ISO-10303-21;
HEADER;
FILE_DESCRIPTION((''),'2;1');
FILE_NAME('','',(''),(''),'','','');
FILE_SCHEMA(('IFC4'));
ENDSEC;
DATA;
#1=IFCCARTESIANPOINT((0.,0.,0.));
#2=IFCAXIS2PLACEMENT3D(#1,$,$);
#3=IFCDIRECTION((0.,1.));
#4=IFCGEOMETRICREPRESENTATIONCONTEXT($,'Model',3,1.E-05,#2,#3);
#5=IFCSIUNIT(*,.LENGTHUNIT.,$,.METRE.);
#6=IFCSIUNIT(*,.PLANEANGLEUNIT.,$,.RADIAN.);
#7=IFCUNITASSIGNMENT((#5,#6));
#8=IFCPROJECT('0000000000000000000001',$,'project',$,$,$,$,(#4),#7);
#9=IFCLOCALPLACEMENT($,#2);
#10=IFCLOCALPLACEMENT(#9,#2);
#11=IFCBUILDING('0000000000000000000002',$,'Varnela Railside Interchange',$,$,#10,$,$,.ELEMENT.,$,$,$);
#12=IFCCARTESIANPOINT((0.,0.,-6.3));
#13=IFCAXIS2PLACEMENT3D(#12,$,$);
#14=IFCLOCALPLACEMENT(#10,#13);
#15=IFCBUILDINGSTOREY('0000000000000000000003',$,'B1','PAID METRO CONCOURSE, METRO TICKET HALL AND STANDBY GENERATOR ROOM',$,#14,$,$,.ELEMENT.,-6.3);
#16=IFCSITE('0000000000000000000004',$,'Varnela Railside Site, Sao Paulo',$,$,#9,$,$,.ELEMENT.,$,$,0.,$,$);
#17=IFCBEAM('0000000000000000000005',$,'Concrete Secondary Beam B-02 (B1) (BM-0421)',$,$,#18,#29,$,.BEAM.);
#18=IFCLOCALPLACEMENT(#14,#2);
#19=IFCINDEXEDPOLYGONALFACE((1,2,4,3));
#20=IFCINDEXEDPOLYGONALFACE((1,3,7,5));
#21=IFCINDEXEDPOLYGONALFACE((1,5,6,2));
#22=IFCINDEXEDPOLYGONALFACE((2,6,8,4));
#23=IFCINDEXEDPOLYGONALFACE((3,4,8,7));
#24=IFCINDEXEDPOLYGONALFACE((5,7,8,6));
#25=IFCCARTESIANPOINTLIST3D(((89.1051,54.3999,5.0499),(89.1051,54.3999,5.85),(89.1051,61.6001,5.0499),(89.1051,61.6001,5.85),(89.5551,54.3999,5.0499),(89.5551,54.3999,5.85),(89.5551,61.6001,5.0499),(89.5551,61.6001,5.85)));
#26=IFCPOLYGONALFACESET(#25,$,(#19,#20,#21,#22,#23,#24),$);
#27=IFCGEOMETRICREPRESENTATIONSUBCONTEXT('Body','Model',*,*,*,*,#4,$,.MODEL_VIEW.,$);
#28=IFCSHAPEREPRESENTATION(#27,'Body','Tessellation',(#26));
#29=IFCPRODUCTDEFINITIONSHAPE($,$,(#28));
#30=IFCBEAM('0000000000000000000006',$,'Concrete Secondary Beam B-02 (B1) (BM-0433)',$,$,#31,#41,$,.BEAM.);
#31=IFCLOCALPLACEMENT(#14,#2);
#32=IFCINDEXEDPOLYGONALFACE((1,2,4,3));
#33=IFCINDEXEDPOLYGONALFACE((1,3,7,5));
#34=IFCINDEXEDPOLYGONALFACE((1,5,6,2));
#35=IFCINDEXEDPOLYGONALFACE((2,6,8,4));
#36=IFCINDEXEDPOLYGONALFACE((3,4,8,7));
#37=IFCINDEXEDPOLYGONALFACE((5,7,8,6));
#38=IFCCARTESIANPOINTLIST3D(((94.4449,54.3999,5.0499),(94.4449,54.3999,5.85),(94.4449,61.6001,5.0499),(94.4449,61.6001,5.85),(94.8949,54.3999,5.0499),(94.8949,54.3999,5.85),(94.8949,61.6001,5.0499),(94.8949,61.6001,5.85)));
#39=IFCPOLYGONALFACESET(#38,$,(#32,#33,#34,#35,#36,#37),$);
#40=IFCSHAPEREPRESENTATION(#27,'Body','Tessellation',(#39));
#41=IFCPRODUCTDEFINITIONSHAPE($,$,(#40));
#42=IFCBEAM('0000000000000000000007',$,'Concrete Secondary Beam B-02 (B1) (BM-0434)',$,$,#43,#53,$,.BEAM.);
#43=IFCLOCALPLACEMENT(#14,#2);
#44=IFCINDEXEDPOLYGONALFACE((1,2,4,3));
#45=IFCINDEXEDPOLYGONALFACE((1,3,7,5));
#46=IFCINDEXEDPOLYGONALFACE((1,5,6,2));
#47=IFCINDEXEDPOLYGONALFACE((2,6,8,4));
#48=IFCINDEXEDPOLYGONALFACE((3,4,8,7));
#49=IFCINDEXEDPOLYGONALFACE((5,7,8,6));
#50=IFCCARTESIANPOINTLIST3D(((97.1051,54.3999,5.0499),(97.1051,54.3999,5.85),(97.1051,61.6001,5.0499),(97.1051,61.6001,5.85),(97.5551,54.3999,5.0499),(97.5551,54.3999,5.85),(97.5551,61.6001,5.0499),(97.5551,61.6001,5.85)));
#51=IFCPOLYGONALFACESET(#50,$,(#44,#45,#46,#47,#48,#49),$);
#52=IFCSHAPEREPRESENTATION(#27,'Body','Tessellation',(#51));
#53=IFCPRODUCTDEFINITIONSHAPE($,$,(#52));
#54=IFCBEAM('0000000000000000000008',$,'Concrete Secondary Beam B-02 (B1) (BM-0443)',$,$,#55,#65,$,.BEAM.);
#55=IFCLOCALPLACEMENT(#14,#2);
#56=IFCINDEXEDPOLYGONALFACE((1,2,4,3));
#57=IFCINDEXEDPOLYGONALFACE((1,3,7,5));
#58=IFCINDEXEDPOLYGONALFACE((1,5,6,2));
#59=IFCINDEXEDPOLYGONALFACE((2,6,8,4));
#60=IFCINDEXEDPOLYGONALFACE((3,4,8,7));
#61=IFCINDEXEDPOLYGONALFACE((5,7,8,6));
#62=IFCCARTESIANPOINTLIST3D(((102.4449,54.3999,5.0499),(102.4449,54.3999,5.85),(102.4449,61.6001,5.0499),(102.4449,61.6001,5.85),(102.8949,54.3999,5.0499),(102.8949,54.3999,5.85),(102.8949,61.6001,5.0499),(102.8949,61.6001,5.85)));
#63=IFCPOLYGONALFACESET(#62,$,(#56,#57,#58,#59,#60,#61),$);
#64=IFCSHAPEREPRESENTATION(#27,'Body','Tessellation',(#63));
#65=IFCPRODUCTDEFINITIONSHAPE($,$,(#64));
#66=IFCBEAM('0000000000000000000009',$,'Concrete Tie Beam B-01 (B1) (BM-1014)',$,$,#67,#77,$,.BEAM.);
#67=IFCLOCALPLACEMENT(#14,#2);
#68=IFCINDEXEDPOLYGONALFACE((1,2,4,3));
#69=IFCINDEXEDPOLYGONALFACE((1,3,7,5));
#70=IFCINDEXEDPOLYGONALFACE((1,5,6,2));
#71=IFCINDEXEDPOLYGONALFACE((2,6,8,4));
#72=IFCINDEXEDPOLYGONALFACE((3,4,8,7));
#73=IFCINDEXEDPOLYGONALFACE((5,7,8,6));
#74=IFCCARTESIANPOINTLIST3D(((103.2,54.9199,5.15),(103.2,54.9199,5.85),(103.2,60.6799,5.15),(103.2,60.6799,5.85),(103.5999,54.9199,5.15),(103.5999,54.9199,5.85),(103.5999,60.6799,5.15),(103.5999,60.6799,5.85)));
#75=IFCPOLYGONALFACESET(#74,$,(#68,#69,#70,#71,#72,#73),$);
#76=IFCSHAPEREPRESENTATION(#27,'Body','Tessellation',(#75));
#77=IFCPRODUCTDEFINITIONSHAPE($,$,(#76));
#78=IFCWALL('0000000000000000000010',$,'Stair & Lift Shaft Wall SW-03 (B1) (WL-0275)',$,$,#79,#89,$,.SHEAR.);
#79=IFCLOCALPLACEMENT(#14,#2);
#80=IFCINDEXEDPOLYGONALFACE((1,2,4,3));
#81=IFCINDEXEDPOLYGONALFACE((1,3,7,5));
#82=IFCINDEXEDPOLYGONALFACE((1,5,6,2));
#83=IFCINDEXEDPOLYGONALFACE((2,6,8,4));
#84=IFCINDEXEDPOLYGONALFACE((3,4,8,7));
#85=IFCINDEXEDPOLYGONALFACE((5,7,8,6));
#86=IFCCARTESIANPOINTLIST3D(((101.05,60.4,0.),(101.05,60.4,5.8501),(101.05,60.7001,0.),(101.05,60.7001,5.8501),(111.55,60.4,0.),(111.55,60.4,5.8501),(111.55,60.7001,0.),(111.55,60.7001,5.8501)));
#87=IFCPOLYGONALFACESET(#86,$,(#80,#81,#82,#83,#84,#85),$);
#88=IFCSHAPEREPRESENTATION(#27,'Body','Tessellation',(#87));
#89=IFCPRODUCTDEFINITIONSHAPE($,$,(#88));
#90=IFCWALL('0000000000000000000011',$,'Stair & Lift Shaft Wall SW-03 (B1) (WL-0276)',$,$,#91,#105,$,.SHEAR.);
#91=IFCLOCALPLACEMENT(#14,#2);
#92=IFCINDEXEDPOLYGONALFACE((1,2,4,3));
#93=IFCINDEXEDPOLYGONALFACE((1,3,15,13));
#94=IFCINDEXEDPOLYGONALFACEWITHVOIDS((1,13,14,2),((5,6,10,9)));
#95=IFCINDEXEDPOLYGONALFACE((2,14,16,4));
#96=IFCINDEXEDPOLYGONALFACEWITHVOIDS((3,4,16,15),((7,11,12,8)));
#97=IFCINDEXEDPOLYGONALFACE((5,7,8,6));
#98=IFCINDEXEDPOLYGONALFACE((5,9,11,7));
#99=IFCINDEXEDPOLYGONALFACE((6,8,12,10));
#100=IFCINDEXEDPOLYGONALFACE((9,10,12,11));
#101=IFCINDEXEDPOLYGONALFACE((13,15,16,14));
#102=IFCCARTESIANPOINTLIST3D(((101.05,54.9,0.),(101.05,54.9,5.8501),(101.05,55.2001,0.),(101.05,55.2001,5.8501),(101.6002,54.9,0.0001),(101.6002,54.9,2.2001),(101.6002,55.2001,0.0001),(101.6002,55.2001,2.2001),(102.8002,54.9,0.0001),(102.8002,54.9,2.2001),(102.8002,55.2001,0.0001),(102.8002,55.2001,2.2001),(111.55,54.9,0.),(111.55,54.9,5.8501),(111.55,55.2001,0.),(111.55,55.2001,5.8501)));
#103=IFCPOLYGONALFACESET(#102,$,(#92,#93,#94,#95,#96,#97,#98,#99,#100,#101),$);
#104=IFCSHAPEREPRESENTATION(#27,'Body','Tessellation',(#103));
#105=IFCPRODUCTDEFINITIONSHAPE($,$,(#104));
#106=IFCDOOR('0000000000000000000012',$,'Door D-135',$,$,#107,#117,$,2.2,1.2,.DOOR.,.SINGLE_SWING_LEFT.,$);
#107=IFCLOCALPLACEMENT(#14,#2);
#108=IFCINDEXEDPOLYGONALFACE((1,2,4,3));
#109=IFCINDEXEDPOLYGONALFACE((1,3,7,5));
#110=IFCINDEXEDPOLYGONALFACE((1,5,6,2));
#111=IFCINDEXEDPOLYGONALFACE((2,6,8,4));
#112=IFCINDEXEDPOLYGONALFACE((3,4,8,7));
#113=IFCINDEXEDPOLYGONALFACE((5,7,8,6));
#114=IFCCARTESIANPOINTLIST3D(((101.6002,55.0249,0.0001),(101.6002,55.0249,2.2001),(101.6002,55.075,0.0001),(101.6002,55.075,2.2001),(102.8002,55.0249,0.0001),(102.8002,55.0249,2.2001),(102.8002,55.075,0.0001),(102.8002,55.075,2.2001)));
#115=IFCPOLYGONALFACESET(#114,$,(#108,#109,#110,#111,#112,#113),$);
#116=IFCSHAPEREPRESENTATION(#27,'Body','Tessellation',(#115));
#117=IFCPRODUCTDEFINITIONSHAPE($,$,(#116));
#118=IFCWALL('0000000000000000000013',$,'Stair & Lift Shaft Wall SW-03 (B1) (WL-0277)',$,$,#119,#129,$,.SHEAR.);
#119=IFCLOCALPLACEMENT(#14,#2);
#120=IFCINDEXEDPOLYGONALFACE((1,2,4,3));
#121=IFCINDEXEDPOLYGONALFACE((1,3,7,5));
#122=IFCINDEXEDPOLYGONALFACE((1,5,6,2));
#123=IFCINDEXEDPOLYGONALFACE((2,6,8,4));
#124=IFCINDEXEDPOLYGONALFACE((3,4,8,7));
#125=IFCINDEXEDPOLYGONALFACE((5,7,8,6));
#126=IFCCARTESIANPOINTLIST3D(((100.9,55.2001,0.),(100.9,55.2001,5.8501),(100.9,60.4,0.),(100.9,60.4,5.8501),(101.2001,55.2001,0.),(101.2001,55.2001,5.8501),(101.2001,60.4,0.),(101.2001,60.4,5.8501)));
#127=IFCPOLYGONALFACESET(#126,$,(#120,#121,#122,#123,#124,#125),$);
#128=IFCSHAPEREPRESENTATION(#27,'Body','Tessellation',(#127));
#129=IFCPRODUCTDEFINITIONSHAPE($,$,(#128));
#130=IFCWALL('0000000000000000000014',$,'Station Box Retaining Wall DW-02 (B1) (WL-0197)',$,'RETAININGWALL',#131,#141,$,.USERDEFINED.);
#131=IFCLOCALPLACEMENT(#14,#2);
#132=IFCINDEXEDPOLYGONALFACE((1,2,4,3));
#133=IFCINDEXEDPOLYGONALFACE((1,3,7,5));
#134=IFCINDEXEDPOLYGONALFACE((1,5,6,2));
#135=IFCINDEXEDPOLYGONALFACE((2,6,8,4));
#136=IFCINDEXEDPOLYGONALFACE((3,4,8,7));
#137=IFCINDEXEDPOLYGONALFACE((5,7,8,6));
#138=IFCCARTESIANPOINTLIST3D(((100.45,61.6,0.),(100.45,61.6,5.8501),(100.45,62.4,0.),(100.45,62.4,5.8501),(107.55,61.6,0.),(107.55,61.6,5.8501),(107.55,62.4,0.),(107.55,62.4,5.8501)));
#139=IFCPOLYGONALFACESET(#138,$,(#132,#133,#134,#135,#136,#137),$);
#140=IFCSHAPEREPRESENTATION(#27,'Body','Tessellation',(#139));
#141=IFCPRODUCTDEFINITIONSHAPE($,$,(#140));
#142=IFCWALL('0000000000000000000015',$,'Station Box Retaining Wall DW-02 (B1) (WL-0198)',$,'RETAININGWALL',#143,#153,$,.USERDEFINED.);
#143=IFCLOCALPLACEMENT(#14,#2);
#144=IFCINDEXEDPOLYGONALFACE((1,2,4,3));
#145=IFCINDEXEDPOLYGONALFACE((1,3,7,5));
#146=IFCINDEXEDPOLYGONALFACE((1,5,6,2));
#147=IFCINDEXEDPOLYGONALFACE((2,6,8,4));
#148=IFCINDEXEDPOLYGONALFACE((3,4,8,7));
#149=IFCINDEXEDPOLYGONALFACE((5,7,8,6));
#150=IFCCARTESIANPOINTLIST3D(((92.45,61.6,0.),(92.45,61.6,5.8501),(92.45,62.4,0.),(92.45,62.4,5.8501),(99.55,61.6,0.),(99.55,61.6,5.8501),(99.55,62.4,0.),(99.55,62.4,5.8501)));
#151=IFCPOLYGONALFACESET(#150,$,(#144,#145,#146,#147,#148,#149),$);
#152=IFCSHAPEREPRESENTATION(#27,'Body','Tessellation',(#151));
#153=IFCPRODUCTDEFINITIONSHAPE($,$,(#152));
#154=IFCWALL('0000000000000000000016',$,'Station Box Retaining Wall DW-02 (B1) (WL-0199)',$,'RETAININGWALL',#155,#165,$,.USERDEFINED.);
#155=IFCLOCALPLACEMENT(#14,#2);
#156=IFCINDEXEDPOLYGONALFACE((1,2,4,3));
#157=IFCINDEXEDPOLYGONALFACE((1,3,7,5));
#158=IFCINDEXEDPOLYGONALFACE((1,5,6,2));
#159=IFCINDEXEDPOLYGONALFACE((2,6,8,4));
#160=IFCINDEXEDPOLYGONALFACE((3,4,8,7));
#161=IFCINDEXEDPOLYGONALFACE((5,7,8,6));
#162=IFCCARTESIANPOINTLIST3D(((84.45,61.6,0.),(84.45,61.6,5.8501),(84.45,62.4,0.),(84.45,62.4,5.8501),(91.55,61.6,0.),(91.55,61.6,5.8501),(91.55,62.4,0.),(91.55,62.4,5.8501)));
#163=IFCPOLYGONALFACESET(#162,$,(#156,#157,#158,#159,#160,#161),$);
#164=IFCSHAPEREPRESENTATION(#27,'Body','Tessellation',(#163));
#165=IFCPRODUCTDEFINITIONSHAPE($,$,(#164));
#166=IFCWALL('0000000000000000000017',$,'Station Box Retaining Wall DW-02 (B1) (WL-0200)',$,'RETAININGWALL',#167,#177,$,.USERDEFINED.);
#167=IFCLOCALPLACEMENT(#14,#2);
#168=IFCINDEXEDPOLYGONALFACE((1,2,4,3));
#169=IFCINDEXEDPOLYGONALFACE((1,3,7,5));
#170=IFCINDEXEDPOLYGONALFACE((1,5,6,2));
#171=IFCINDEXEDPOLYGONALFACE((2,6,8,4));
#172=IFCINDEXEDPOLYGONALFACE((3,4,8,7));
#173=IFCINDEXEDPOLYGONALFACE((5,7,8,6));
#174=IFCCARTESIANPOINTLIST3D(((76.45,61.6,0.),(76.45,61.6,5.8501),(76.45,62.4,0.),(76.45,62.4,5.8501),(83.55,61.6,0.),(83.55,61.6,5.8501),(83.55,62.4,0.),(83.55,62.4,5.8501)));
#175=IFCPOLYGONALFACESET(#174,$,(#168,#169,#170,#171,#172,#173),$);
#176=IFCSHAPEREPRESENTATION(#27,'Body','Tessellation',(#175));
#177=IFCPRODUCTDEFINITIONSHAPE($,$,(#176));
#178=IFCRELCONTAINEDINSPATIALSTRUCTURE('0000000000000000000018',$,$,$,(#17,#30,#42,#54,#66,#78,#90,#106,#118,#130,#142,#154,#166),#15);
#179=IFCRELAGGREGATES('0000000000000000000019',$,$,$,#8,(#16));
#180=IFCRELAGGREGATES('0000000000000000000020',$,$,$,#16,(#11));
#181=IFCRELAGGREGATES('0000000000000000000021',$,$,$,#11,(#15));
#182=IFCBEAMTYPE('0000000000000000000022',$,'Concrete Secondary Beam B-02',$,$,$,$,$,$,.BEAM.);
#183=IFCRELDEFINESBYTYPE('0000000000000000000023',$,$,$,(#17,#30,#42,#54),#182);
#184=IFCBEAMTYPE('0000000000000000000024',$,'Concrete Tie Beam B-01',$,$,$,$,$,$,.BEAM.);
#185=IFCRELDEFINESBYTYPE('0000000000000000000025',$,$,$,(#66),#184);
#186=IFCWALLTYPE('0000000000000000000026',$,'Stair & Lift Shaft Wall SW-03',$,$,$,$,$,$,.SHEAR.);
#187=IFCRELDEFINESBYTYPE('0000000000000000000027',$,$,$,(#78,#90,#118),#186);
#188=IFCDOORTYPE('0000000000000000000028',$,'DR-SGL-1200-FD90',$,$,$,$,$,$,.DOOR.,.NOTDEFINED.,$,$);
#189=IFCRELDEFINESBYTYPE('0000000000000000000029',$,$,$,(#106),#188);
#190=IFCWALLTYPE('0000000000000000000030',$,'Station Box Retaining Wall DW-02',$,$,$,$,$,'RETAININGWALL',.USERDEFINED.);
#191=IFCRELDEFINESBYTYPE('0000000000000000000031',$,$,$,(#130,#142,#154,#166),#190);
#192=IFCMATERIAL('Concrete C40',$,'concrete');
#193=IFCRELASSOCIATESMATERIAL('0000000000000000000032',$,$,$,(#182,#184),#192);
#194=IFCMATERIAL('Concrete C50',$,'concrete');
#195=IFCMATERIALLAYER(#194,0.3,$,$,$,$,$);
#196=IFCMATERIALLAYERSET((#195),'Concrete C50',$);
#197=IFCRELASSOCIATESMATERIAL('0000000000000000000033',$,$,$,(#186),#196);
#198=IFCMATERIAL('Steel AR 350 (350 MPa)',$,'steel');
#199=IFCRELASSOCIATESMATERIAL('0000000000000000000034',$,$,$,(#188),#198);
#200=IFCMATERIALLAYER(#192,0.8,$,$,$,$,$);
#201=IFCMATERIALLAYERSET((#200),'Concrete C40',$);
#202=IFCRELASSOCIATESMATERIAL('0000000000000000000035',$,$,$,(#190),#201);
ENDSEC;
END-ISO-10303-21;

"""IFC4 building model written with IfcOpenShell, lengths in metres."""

from ifc_helpers import new_model, si_unit, direction, frame, frame_2d, origin, origin_2d, place, context, subcontext, project, spatial, rectangle, extrude, material, layer, layer_set, material_profile, profile_set, type_object, element, fill, save


model = new_model("IFC4")

# Units and contexts
model_context = context("Model", 3, precision=1e-05, world=origin(), true_north=direction((0.0, 1.0)))
body_context = subcontext(model_context, "Body", "Model", "MODEL_VIEW")
ifc_project = project(units=[si_unit("LENGTHUNIT", "METRE"), si_unit("PLANEANGLEUNIT", "RADIAN")], contexts=[model_context])

# Site, building, storey
site_placement = place(None, origin())
site = spatial("IfcSite", under=ifc_project, at=site_placement, Name="Varnela Railside Site, Sao Paulo", CompositionType="ELEMENT", RefElevation=0.0)
building_placement = place(site_placement, origin())
building = spatial("IfcBuilding", under=site, at=building_placement, Name="Varnela Railside Interchange", CompositionType="ELEMENT")
storey_placement = place(building_placement, frame((0.0, 0.0, -6.3)))
storey = spatial("IfcBuildingStorey", under=building, at=storey_placement, Name="B1", Description="PAID METRO CONCOURSE, METRO TICKET HALL AND STANDBY GENERATOR ROOM", CompositionType="ELEMENT", Elevation=-6.3)

# Shared definitions
ifc_material_1 = material(Name="Concrete C50", Category="concrete")

# Beams
ifc_material_2 = material(Name="Concrete C40", Category="concrete")
ifc_material_profile_1 = material_profile(ifc_material_2, rectangle(XDim=0.45, YDim=0.8, at=origin_2d()), Name="RC 450x800")
ifc_profile_set_1 = profile_set([ifc_material_profile_1], Name="Concrete C40")
beam_type_1 = type_object("IfcBeamType", Name="Concrete Secondary Beam B-02", PredefinedType="BEAM", material=ifc_profile_set_1)
for number, where, z_axis, x_axis, name in (
    (1, (89.3301, 54.3999, 5.45), (0.0, 1.0, 0.0), (-1.0, 0.0, 0.0), "Concrete Secondary Beam B-02 (B1) (BM-0421)"),
    (2, (94.6699, 54.3999, 5.45), (0.0, 1.0, 0.0), (-1.0, 0.0, 0.0), "Concrete Secondary Beam B-02 (B1) (BM-0433)"),
    (3, (97.3301, 54.3999, 5.45), (0.0, 1.0, 0.0), (-1.0, 0.0, 0.0), "Concrete Secondary Beam B-02 (B1) (BM-0434)"),
    (4, (102.6699, 54.3999, 5.45), (0.0, 1.0, 0.0), (-1.0, 0.0, 0.0), "Concrete Secondary Beam B-02 (B1) (BM-0443)"),
):
    element("IfcBeam", number, at=place(storey_placement, frame(where, z_axis=z_axis, x_axis=x_axis)), inside=storey, type_object=beam_type_1, Name=name, PredefinedType="BEAM", context=body_context, shape_type="SweptSolid", body=[
        extrude(rectangle(XDim=0.45, YDim=0.8, at=origin_2d()), origin(), (0.0, 0.0, 1.0), 7.2002),
    ])
ifc_material_profile_2 = material_profile(ifc_material_2, rectangle(XDim=0.3999, YDim=0.7, at=origin_2d()), Name="RC 400x700")
ifc_profile_set_2 = profile_set([ifc_material_profile_2], Name="Concrete C40")
beam_type_2 = type_object("IfcBeamType", Name="Concrete Tie Beam B-01", PredefinedType="BEAM", material=ifc_profile_set_2)
beam_placement = place(storey_placement, frame((103.3999, 54.9199, 5.5), z_axis=(0.0, 1.0, 0.0), x_axis=(-1.0, 0.0, 0.0)))
element("IfcBeam", 5, at=beam_placement, inside=storey, type_object=beam_type_2, Name="Concrete Tie Beam B-01 (B1) (BM-1014)", PredefinedType="BEAM", context=body_context, shape_type="SweptSolid", body=[
    extrude(rectangle(XDim=0.3999, YDim=0.7, at=origin_2d()), origin(), (0.0, 0.0, 1.0), 5.76),
])

# Wall
ifc_layer_1 = layer(ifc_material_1, 0.3)
ifc_layer_set_1 = layer_set([ifc_layer_1], Name="Concrete C50")
wall_type_1 = type_object("IfcWallType", Name="Stair & Lift Shaft Wall SW-03", PredefinedType="SHEAR", material=ifc_layer_set_1)
wall_1_placement = place(storey_placement, frame((101.05, 60.55, 0.0), z_axis=(0.0, 0.0, 1.0), x_axis=(1.0, 0.0, 0.0)))
element("IfcWall", 6, at=wall_1_placement, inside=storey, type_object=wall_type_1, Name="Stair & Lift Shaft Wall SW-03 (B1) (WL-0275)", PredefinedType="SHEAR", context=body_context, shape_type="SweptSolid", body=[
    extrude(rectangle(XDim=10.5, YDim=0.3, at=frame_2d((5.25, 0.0))), origin(), (0.0, 0.0, 1.0), 5.8501),
])

# Wall, opening, door
wall_2_placement = place(storey_placement, frame((101.05, 55.05, 0.0), z_axis=(0.0, 0.0, 1.0), x_axis=(1.0, 0.0, 0.0)))
wall_2 = element("IfcWall", 7, at=wall_2_placement, inside=storey, type_object=wall_type_1, Name="Stair & Lift Shaft Wall SW-03 (B1) (WL-0276)", PredefinedType="SHEAR", context=body_context, shape_type="SweptSolid", body=[
    extrude(rectangle(XDim=10.5, YDim=0.3, at=frame_2d((5.25, 0.0))), origin(), (0.0, 0.0, 1.0), 5.8501),
])
opening_placement = place(wall_2_placement, frame((0.55, 0.0, 0.0)))
opening = element("IfcOpeningElement", 8, at=opening_placement, cuts=wall_2, PredefinedType="OPENING", context=body_context, shape_type="SweptSolid", body=[
    extrude(rectangle(XDim=1.2, YDim=2.2, at=frame_2d((0.6001, 1.1001))), frame((0.0, 0.1599, 0.0), z_axis=(0.0, -1.0, 0.0), x_axis=(1.0, 0.0, 0.0)), (0.0, 0.0, 1.0), 0.3201),
])
ifc_material_3 = material(Name="Steel AR 350 (350 MPa)", Category="steel")
door_type = type_object("IfcDoorType", Name="DR-SGL-1200-FD90", OperationType="NOTDEFINED", PredefinedType="DOOR", material=ifc_material_3)
door_placement = place(opening_placement, origin())
door = element("IfcDoor", 9, at=door_placement, inside=storey, type_object=door_type, Name="Door D-135", OperationType="SINGLE_SWING_LEFT", OverallHeight=2.2, OverallWidth=1.2, PredefinedType="DOOR", context=body_context, shape_type="SweptSolid", body=[
    extrude(rectangle(XDim=1.2, YDim=2.2, at=frame_2d((0.6001, 1.1001))), frame((0.0, 0.0249, 0.0), z_axis=(0.0, -1.0, 0.0), x_axis=(1.0, 0.0, 0.0)), (0.0, 0.0, 1.0), 0.05),
])
fill(opening, door)

# Walls
wall_3_placement = place(storey_placement, frame((101.05, 55.2, 0.0), z_axis=(0.0, 0.0, 1.0), x_axis=(0.0, 1.0, 0.0)))
element("IfcWall", 10, at=wall_3_placement, inside=storey, type_object=wall_type_1, Name="Stair & Lift Shaft Wall SW-03 (B1) (WL-0277)", PredefinedType="SHEAR", context=body_context, shape_type="SweptSolid", body=[
    extrude(rectangle(XDim=5.2, YDim=0.3, at=frame_2d((2.6001, 0.0))), origin(), (0.0, 0.0, 1.0), 5.8501),
])
ifc_layer_2 = layer(ifc_material_2, 0.8)
ifc_layer_set_2 = layer_set([ifc_layer_2], Name="Concrete C40")
wall_type_2 = type_object("IfcWallType", Name="Station Box Retaining Wall DW-02", ElementType="RETAININGWALL", PredefinedType="USERDEFINED", material=ifc_layer_set_2)
for number, where, z_axis, x_axis, name in (
    (11, (107.55, 62.0, 0.0), (0.0, 0.0, 1.0), (-1.0, 0.0, 0.0), "Station Box Retaining Wall DW-02 (B1) (WL-0197)"),
    (12, (99.55, 62.0, 0.0), (0.0, 0.0, 1.0), (-1.0, 0.0, 0.0), "Station Box Retaining Wall DW-02 (B1) (WL-0198)"),
    (13, (91.55, 62.0, 0.0), (0.0, 0.0, 1.0), (-1.0, 0.0, 0.0), "Station Box Retaining Wall DW-02 (B1) (WL-0199)"),
    (14, (83.55, 62.0, 0.0), (0.0, 0.0, 1.0), (-1.0, 0.0, 0.0), "Station Box Retaining Wall DW-02 (B1) (WL-0200)"),
):
    element("IfcWall", number, at=place(storey_placement, frame(where, z_axis=z_axis, x_axis=x_axis)), inside=storey, type_object=wall_type_2, Name=name, ObjectType="RETAININGWALL", PredefinedType="USERDEFINED", context=body_context, shape_type="SweptSolid", body=[
        extrude(rectangle(XDim=7.1001, YDim=0.8, at=frame_2d((3.55, 0.0))), origin(), (0.0, 0.0, 1.0), 5.8501),
    ])

save(model, "model.ifc")
